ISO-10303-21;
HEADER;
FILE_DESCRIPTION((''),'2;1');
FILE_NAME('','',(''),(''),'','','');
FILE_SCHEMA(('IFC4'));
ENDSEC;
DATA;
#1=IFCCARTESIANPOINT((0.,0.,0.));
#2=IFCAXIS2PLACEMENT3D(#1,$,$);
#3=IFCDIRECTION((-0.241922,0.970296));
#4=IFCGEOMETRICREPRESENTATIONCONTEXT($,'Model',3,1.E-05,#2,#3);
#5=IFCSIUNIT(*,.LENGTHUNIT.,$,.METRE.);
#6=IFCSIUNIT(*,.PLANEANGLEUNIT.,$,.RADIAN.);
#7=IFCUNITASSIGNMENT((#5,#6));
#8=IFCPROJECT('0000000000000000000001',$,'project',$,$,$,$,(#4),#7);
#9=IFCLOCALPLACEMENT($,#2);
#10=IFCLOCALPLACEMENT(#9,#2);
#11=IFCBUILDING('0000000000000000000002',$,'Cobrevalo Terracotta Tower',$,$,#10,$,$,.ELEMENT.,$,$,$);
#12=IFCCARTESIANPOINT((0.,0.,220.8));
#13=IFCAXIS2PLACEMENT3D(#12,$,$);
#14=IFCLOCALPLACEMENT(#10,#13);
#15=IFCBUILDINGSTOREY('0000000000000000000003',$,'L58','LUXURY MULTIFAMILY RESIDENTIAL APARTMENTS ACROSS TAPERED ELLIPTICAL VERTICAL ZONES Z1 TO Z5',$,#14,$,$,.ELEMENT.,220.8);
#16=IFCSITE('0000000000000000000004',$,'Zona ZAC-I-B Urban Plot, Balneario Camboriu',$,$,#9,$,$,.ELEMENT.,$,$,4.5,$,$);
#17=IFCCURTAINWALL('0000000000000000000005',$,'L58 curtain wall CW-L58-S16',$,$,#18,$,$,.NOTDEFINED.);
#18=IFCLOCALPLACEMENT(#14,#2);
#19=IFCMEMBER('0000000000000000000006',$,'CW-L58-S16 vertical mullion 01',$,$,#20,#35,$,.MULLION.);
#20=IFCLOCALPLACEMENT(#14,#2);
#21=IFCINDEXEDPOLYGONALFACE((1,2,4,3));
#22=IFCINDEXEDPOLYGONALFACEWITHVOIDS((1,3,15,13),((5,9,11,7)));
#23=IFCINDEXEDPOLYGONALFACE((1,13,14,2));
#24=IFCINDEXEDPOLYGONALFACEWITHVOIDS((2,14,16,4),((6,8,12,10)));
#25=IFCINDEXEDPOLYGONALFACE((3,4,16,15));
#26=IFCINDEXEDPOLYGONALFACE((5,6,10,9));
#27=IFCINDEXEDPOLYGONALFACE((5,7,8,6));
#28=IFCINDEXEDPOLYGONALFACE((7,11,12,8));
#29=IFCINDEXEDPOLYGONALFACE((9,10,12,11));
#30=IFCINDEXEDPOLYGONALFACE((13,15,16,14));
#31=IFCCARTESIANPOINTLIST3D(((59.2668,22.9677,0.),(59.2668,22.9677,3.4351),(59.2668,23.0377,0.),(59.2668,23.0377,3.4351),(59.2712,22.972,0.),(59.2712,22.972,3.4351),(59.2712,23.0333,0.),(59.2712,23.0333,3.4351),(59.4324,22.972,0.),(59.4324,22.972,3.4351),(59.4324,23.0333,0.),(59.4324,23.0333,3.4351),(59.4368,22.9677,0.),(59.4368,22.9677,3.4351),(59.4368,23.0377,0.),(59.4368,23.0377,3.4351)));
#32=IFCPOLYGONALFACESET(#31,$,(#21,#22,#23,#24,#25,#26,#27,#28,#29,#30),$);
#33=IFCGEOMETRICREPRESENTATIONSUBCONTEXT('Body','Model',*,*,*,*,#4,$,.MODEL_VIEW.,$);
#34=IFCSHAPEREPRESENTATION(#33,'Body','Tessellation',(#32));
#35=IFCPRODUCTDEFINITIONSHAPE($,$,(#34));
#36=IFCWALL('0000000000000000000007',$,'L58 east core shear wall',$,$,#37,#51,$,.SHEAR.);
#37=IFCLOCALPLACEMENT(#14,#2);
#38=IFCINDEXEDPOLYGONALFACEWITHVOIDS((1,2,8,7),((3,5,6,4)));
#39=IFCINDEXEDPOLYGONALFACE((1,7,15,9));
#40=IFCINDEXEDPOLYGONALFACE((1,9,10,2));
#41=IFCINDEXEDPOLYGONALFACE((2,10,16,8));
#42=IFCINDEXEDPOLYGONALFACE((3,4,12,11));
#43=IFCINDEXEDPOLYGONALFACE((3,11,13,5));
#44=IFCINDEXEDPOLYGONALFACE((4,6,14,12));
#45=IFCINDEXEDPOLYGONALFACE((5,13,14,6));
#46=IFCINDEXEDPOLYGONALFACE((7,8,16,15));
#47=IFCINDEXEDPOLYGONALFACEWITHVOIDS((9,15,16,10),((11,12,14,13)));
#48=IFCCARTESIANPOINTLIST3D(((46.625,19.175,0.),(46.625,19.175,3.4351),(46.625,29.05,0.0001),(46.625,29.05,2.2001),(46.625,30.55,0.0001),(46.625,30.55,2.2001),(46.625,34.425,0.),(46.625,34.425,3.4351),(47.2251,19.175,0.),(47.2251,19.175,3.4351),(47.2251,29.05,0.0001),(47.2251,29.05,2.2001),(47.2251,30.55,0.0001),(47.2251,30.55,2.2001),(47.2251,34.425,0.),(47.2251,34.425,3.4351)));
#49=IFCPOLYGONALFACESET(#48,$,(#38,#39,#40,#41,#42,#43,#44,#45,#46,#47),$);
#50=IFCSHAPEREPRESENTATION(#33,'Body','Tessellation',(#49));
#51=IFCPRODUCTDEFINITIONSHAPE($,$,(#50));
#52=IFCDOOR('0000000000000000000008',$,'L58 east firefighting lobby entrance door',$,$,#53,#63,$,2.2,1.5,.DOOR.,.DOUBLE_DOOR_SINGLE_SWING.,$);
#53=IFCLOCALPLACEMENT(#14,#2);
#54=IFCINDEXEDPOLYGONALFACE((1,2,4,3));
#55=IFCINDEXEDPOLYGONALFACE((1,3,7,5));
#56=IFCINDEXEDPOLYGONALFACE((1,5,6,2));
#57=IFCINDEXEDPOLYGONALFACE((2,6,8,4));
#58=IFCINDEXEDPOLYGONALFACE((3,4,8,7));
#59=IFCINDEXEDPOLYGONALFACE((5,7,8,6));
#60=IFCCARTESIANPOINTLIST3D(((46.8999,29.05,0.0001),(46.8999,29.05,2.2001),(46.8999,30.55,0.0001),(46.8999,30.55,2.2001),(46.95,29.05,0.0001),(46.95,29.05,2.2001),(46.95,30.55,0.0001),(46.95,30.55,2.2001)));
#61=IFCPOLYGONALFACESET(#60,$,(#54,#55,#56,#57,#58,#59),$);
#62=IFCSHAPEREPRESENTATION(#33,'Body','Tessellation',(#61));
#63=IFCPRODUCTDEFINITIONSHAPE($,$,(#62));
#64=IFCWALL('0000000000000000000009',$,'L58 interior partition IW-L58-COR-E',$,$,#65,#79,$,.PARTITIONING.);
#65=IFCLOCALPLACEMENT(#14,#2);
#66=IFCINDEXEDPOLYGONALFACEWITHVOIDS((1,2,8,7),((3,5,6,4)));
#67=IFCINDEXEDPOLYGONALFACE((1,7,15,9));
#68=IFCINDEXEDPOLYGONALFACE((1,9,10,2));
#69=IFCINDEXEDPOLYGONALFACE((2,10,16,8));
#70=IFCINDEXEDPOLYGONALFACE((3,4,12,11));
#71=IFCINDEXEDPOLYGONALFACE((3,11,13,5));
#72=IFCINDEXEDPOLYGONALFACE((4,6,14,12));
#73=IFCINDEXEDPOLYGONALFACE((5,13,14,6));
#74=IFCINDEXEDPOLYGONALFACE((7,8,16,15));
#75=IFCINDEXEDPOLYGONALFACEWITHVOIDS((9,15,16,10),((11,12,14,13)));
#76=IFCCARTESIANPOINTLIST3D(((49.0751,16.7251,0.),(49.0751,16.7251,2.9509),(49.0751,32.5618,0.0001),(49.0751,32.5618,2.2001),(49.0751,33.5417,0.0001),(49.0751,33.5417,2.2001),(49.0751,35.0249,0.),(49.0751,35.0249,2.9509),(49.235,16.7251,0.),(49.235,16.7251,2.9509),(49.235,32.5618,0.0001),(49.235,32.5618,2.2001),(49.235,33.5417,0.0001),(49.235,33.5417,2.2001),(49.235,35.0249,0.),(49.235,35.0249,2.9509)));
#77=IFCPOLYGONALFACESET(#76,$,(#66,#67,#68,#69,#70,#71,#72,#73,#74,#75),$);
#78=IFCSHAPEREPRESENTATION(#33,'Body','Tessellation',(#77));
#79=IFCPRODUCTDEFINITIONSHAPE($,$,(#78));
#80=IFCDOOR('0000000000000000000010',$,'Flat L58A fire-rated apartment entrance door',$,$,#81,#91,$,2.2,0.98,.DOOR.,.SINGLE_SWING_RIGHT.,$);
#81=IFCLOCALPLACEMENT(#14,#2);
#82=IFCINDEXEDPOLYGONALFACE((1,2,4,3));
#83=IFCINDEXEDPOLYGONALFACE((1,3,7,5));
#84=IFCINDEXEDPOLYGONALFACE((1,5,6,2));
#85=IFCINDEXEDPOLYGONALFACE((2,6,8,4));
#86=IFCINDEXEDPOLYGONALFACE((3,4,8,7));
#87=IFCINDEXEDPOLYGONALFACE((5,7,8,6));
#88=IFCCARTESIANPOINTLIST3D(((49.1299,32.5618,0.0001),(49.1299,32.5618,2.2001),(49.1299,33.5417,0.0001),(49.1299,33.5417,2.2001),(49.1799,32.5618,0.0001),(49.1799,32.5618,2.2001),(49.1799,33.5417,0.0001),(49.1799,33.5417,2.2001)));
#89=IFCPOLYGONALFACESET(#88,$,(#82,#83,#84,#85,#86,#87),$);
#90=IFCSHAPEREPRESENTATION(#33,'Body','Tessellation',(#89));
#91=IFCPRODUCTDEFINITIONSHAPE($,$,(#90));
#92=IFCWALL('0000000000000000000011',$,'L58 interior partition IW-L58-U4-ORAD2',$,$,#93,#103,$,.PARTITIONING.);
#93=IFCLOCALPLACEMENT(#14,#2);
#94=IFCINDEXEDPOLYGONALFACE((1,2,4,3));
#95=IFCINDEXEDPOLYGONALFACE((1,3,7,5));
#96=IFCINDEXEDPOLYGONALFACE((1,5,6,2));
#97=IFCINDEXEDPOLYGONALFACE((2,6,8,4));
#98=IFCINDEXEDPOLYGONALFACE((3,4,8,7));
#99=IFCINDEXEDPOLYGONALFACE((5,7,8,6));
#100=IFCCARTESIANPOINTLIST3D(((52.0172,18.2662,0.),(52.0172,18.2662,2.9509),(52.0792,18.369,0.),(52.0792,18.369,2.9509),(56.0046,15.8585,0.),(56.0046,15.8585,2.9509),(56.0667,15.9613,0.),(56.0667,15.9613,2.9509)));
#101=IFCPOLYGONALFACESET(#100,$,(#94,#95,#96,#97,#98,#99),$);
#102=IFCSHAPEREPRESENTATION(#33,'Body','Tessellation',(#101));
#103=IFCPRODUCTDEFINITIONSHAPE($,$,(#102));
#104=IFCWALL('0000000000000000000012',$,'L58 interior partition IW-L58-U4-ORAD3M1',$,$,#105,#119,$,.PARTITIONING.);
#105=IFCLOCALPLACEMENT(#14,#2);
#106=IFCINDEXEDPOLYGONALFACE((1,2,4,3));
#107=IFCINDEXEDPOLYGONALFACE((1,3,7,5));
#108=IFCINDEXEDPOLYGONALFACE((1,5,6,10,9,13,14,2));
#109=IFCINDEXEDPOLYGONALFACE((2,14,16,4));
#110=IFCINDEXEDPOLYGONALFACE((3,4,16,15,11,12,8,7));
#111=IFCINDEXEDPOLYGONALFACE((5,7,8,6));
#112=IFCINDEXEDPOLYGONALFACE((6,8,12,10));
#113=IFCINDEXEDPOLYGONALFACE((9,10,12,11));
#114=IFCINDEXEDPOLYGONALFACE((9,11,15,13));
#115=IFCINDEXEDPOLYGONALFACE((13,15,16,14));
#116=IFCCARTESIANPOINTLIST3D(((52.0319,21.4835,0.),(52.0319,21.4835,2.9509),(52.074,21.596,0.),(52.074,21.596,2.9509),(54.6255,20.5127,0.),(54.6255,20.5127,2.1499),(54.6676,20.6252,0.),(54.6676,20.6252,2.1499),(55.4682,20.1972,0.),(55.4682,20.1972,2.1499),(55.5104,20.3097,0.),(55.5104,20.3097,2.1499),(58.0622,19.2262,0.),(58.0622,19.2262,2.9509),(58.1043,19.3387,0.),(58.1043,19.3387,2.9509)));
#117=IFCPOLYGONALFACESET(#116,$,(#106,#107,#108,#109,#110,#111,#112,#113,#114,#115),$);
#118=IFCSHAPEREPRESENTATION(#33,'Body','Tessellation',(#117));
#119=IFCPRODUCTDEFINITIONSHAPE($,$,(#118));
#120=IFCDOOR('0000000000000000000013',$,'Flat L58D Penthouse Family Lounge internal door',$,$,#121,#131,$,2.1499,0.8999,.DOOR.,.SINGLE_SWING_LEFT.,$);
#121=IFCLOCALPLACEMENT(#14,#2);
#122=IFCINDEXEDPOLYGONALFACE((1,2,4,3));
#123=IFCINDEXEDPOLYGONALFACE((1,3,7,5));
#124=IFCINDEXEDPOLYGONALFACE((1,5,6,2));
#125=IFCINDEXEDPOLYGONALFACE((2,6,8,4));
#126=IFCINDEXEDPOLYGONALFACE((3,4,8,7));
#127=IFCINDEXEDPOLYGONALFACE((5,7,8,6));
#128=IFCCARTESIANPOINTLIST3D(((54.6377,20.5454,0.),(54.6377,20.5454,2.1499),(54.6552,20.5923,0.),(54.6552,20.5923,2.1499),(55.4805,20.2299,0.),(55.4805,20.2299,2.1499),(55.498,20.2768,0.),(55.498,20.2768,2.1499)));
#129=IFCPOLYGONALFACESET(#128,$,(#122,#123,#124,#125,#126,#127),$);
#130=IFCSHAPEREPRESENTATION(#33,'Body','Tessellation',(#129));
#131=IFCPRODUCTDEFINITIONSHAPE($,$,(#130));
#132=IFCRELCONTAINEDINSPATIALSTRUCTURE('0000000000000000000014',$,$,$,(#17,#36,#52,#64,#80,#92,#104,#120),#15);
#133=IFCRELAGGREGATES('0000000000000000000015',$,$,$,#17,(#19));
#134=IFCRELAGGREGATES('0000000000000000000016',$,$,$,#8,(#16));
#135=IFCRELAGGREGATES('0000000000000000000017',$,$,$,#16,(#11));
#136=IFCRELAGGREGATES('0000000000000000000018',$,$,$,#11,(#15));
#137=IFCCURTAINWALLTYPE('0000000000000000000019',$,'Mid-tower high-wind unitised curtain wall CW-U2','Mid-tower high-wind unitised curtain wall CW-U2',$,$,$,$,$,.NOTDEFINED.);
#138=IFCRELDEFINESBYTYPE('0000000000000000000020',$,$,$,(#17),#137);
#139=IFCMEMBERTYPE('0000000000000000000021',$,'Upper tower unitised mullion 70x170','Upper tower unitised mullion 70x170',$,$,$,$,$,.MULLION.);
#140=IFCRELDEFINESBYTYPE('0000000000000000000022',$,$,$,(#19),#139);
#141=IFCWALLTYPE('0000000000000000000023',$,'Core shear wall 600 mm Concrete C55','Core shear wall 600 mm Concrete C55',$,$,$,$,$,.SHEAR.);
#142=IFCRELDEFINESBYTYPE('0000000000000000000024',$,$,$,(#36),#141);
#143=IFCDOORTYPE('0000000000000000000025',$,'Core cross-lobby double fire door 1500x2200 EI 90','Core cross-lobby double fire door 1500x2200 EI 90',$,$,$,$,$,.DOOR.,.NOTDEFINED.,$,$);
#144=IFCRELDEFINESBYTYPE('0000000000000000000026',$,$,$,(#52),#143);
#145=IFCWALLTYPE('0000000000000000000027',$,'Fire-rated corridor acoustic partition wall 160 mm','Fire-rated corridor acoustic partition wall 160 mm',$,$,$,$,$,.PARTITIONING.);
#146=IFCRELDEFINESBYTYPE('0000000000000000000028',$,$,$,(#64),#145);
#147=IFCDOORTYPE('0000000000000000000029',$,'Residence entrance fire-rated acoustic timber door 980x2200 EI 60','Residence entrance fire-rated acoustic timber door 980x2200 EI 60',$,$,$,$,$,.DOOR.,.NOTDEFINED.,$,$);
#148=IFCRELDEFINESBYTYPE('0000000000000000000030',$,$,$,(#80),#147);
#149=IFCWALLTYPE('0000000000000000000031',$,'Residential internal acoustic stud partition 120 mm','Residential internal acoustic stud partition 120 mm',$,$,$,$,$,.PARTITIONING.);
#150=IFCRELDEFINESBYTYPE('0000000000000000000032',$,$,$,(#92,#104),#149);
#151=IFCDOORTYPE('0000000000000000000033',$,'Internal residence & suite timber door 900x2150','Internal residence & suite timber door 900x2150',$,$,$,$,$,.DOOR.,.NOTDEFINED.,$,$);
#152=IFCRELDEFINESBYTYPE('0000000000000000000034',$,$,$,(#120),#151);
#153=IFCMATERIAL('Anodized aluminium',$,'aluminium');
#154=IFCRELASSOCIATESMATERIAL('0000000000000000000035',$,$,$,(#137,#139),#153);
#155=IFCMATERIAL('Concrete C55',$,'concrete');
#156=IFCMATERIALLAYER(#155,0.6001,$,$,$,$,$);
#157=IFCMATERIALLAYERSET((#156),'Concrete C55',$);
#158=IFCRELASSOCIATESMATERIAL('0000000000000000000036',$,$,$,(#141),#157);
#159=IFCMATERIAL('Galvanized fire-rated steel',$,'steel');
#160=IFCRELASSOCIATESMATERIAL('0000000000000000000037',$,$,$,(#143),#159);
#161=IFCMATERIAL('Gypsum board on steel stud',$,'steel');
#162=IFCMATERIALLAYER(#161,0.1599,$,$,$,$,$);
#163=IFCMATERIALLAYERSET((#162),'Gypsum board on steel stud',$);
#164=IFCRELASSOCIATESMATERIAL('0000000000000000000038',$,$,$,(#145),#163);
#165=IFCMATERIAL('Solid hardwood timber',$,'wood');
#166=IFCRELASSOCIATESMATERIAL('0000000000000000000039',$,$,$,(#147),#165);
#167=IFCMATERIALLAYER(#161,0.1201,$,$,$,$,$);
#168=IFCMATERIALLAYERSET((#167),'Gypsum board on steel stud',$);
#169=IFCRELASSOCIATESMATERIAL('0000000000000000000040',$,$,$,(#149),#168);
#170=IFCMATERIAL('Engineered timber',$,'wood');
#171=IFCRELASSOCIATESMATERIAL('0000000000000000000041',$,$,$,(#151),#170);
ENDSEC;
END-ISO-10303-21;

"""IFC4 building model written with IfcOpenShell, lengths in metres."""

from ifc_helpers import new_model, si_unit, direction, frame, frame_2d, origin, origin_2d, place, context, subcontext, project, spatial, rectangle, hollow_rectangle, extrude, source, transform, mapped, material, layer, layer_set, material_profile, profile_set, type_object, element, fill, aggregate, save


model = new_model("IFC4")

# Units and contexts
model_context = context("Model", 3, precision=1e-05, world=origin(), true_north=direction((-0.241922, 0.970296)))
body_context = subcontext(model_context, "Body", "Model", "MODEL_VIEW")
ifc_project = project(units=[si_unit("LENGTHUNIT", "METRE"), si_unit("PLANEANGLEUNIT", "RADIAN")], contexts=[model_context])

# Site, building, storey
site_placement = place(None, origin())
site = spatial("IfcSite", under=ifc_project, at=site_placement, Name="Zona ZAC-I-B Urban Plot, Balneario Camboriu", CompositionType="ELEMENT", RefElevation=4.5)
building_placement = place(site_placement, origin())
building = spatial("IfcBuilding", under=site, at=building_placement, Name="Cobrevalo Terracotta Tower", CompositionType="ELEMENT")
storey_placement = place(building_placement, frame((0.0, 0.0, 220.8)))
storey = spatial("IfcBuildingStorey", under=building, at=storey_placement, Name="L58", Description="LUXURY MULTIFAMILY RESIDENTIAL APARTMENTS ACROSS TAPERED ELLIPTICAL VERTICAL ZONES Z1 TO Z5", CompositionType="ELEMENT", Elevation=220.8)

# Curtain wall, member
ifc_material_1 = material(Name="Anodized aluminium", Category="aluminium")
curtain_wall_type = type_object("IfcCurtainWallType", Name="Mid-tower high-wind unitised curtain wall CW-U2", Description="Mid-tower high-wind unitised curtain wall CW-U2", PredefinedType="NOTDEFINED", material=ifc_material_1)
curtain_wall_placement = place(storey_placement, origin())
curtain_wall = element("IfcCurtainWall", 1, at=curtain_wall_placement, inside=storey, type_object=curtain_wall_type, Name="L58 curtain wall CW-L58-S16", PredefinedType="NOTDEFINED")
ifc_material_profile_1 = material_profile(ifc_material_1, hollow_rectangle(XDim=0.0701, YDim=0.1699, WallThickness=0.0044, at=origin_2d()), Name="CWM 70x170")
ifc_profile_set_1 = profile_set([ifc_material_profile_1], Name="Anodized aluminium")
member_type_1 = type_object("IfcMemberType", Name="Upper tower unitised mullion 70x170", Description="Upper tower unitised mullion 70x170", PredefinedType="MULLION", material=ifc_profile_set_1)
shared_shape_1 = source(origin(), body_context, "Body", "SweptSolid", [
    extrude(hollow_rectangle(XDim=0.0701, YDim=0.1699, WallThickness=0.0044, at=origin_2d()), origin(), (0.0, 0.0, 1.0), 3.4351),
])
member_1_placement = place(storey_placement, frame((59.3518, 23.0027, 0.0), z_axis=(0.0, 0.0, 1.0), x_axis=(0.0, 1.0, 0.0)))
member_1 = element("IfcMember", 2, at=member_1_placement, type_object=member_type_1, Name="CW-L58-S16 vertical mullion 01", PredefinedType="MULLION", context=body_context, shape_type="MappedRepresentation", body=[
    mapped(shared_shape_1, transform((0.0, 0.0, 0.0), scale=1.0)),
])
aggregate(curtain_wall, [member_1])

# Walls, openings, doors
ifc_material_2 = material(Name="Concrete C55", Category="concrete")
ifc_layer_1 = layer(ifc_material_2, 0.6001)
ifc_layer_set_1 = layer_set([ifc_layer_1], Name="Concrete C55")
wall_type_1 = type_object("IfcWallType", Name="Core shear wall 600 mm Concrete C55", Description="Core shear wall 600 mm Concrete C55", PredefinedType="SHEAR", material=ifc_layer_set_1)
wall_1_placement = place(storey_placement, frame((46.925, 19.175, 0.0), z_axis=(0.0, 0.0, 1.0), x_axis=(0.0, 1.0, 0.0)))
wall_1 = element("IfcWall", 3, at=wall_1_placement, inside=storey, type_object=wall_type_1, Name="L58 east core shear wall", PredefinedType="SHEAR", context=body_context, shape_type="SweptSolid", body=[
    extrude(rectangle(XDim=15.25, YDim=0.6001, at=frame_2d((7.625, 0.0))), origin(), (0.0, 0.0, 1.0), 3.4351),
])
opening_1_placement = place(wall_1_placement, frame((9.875, 0.0, 0.0)))
opening_1 = element("IfcOpeningElement", 4, at=opening_1_placement, cuts=wall_1, PredefinedType="OPENING", context=body_context, shape_type="SweptSolid", body=[
    extrude(rectangle(XDim=1.5, YDim=2.2, at=frame_2d((0.75, 1.1001))), frame((0.0, 0.3101, 0.0), z_axis=(0.0, -1.0, 0.0), x_axis=(1.0, 0.0, 0.0)), (0.0, 0.0, 1.0), 0.6201),
])
ifc_material_3 = material(Name="Galvanized fire-rated steel", Category="steel")
door_type_1 = type_object("IfcDoorType", Name="Core cross-lobby double fire door 1500x2200 EI 90", Description="Core cross-lobby double fire door 1500x2200 EI 90", OperationType="NOTDEFINED", PredefinedType="DOOR", material=ifc_material_3)
shared_shape_2 = source(origin(), body_context, "Body", "SweptSolid", [
    extrude(rectangle(XDim=1.5, YDim=2.2, at=frame_2d((0.75, 1.1001))), frame((0.0, 0.0249, 0.0), z_axis=(0.0, -1.0, 0.0), x_axis=(1.0, 0.0, 0.0)), (0.0, 0.0, 1.0), 0.05),
])
door_1_placement = place(opening_1_placement, frame((1.5, 0.0, 0.0), z_axis=(0.0, 0.0, 1.0), x_axis=(-1.0, 0.0, 0.0)))
door_1 = element("IfcDoor", 5, at=door_1_placement, inside=storey, type_object=door_type_1, Name="L58 east firefighting lobby entrance door", OperationType="DOUBLE_DOOR_SINGLE_SWING", OverallHeight=2.2, OverallWidth=1.5, PredefinedType="DOOR", context=body_context, shape_type="MappedRepresentation", body=[
    mapped(shared_shape_2, transform((0.0, 0.0, 0.0), scale=1.0)),
])
fill(opening_1, door_1)
ifc_material_4 = material(Name="Gypsum board on steel stud", Category="steel")
ifc_layer_2 = layer(ifc_material_4, 0.1599)
ifc_layer_set_2 = layer_set([ifc_layer_2], Name="Gypsum board on steel stud")
wall_type_2 = type_object("IfcWallType", Name="Fire-rated corridor acoustic partition wall 160 mm", Description="Fire-rated corridor acoustic partition wall 160 mm", PredefinedType="PARTITIONING", material=ifc_layer_set_2)
wall_2_placement = place(storey_placement, frame((49.155, 16.7251, 0.0), z_axis=(0.0, 0.0, 1.0), x_axis=(0.0, 1.0, 0.0)))
wall_2 = element("IfcWall", 6, at=wall_2_placement, inside=storey, type_object=wall_type_2, Name="L58 interior partition IW-L58-COR-E", PredefinedType="PARTITIONING", context=body_context, shape_type="SweptSolid", body=[
    extrude(rectangle(XDim=18.2998, YDim=0.1599, at=frame_2d((9.1499, 0.0))), origin(), (0.0, 0.0, 1.0), 2.9509),
])
opening_2_placement = place(wall_2_placement, frame((15.8367, 0.0, 0.0)))
opening_2 = element("IfcOpeningElement", 7, at=opening_2_placement, cuts=wall_2, PredefinedType="OPENING", context=body_context, shape_type="SweptSolid", body=[
    extrude(rectangle(XDim=0.98, YDim=2.2, at=frame_2d((0.49, 1.1001))), frame((0.0, 0.0898, 0.0), z_axis=(0.0, -1.0, 0.0), x_axis=(1.0, 0.0, 0.0)), (0.0, 0.0, 1.0), 0.1799),
])
ifc_material_5 = material(Name="Solid hardwood timber", Category="wood")
door_type_2 = type_object("IfcDoorType", Name="Residence entrance fire-rated acoustic timber door 980x2200 EI 60", Description="Residence entrance fire-rated acoustic timber door 980x2200 EI 60", OperationType="NOTDEFINED", PredefinedType="DOOR", material=ifc_material_5)
shared_shape_3 = source(origin(), body_context, "Body", "SweptSolid", [
    extrude(rectangle(XDim=0.98, YDim=2.2, at=frame_2d((0.49, 1.1001))), frame((0.0, 0.0249, 0.0), z_axis=(0.0, -1.0, 0.0), x_axis=(1.0, 0.0, 0.0)), (0.0, 0.0, 1.0), 0.05),
])
door_2_placement = place(opening_2_placement, frame((0.98, 0.0, 0.0), z_axis=(0.0, 0.0, 1.0), x_axis=(-1.0, 0.0, 0.0)))
door_2 = element("IfcDoor", 8, at=door_2_placement, inside=storey, type_object=door_type_2, Name="Flat L58A fire-rated apartment entrance door", OperationType="SINGLE_SWING_RIGHT", OverallHeight=2.2, OverallWidth=0.98, PredefinedType="DOOR", context=body_context, shape_type="MappedRepresentation", body=[
    mapped(shared_shape_3, transform((0.0, 0.0, 0.0), scale=1.0)),
])
fill(opening_2, door_2)

# Wall
ifc_layer_3 = layer(ifc_material_4, 0.1201)
ifc_layer_set_3 = layer_set([ifc_layer_3], Name="Gypsum board on steel stud")
wall_type_3 = type_object("IfcWallType", Name="Residential internal acoustic stud partition 120 mm", Description="Residential internal acoustic stud partition 120 mm", PredefinedType="PARTITIONING", material=ifc_layer_set_3)
wall_3_placement = place(storey_placement, frame((52.0481, 18.3176, 0.0), z_axis=(0.0, 0.0, 1.0), x_axis=(0.856051, -0.516891, 0.0)))
element("IfcWall", 9, at=wall_3_placement, inside=storey, type_object=wall_type_3, Name="L58 interior partition IW-L58-U4-ORAD2", PredefinedType="PARTITIONING", context=body_context, shape_type="SweptSolid", body=[
    extrude(rectangle(XDim=4.658, YDim=0.1201, at=frame_2d((2.3291, 0.0))), origin(), (0.0, 0.0, 1.0), 2.9509),
])

# Wall, opening, door
wall_4_placement = place(storey_placement, frame((52.053, 21.5398, 0.0), z_axis=(0.0, 0.0, 1.0), x_axis=(0.936535, -0.350575, 0.0)))
wall_4 = element("IfcWall", 10, at=wall_4_placement, inside=storey, type_object=wall_type_3, Name="L58 interior partition IW-L58-U4-ORAD3M1", PredefinedType="PARTITIONING", context=body_context, shape_type="SweptSolid", body=[
    extrude(rectangle(XDim=6.439, YDim=0.1201, at=frame_2d((3.2195, 0.0))), origin(), (0.0, 0.0, 1.0), 2.9509),
])
opening_3_placement = place(wall_4_placement, frame((2.7693, 0.0, 0.0)))
opening_3 = element("IfcOpeningElement", 11, at=opening_3_placement, cuts=wall_4, PredefinedType="OPENING", context=body_context, shape_type="SweptSolid", body=[
    extrude(rectangle(XDim=0.8999, YDim=2.1499, at=frame_2d((0.45, 1.075))), frame((0.0, 0.0701, 0.0), z_axis=(0.0, -1.0, 0.0), x_axis=(1.0, 0.0, 0.0)), (0.0, 0.0, 1.0), 0.1401),
])
ifc_material_6 = material(Name="Engineered timber", Category="wood")
door_type_3 = type_object("IfcDoorType", Name="Internal residence & suite timber door 900x2150", Description="Internal residence & suite timber door 900x2150", OperationType="NOTDEFINED", PredefinedType="DOOR", material=ifc_material_6)
shared_shape_4 = source(origin(), body_context, "Body", "SweptSolid", [
    extrude(rectangle(XDim=0.8999, YDim=2.1499, at=frame_2d((0.45, 1.075))), frame((0.0, 0.0249, 0.0), z_axis=(0.0, -1.0, 0.0), x_axis=(1.0, 0.0, 0.0)), (0.0, 0.0, 1.0), 0.05),
])
door_3_placement = place(opening_3_placement, origin())
door_3 = element("IfcDoor", 12, at=door_3_placement, inside=storey, type_object=door_type_3, Name="Flat L58D Penthouse Family Lounge internal door", OperationType="SINGLE_SWING_LEFT", OverallHeight=2.1499, OverallWidth=0.8999, PredefinedType="DOOR", context=body_context, shape_type="MappedRepresentation", body=[
    mapped(shared_shape_4, transform((0.0, 0.0, 0.0), scale=1.0)),
])
fill(opening_3, door_3)

save(model, "model.ifc")
